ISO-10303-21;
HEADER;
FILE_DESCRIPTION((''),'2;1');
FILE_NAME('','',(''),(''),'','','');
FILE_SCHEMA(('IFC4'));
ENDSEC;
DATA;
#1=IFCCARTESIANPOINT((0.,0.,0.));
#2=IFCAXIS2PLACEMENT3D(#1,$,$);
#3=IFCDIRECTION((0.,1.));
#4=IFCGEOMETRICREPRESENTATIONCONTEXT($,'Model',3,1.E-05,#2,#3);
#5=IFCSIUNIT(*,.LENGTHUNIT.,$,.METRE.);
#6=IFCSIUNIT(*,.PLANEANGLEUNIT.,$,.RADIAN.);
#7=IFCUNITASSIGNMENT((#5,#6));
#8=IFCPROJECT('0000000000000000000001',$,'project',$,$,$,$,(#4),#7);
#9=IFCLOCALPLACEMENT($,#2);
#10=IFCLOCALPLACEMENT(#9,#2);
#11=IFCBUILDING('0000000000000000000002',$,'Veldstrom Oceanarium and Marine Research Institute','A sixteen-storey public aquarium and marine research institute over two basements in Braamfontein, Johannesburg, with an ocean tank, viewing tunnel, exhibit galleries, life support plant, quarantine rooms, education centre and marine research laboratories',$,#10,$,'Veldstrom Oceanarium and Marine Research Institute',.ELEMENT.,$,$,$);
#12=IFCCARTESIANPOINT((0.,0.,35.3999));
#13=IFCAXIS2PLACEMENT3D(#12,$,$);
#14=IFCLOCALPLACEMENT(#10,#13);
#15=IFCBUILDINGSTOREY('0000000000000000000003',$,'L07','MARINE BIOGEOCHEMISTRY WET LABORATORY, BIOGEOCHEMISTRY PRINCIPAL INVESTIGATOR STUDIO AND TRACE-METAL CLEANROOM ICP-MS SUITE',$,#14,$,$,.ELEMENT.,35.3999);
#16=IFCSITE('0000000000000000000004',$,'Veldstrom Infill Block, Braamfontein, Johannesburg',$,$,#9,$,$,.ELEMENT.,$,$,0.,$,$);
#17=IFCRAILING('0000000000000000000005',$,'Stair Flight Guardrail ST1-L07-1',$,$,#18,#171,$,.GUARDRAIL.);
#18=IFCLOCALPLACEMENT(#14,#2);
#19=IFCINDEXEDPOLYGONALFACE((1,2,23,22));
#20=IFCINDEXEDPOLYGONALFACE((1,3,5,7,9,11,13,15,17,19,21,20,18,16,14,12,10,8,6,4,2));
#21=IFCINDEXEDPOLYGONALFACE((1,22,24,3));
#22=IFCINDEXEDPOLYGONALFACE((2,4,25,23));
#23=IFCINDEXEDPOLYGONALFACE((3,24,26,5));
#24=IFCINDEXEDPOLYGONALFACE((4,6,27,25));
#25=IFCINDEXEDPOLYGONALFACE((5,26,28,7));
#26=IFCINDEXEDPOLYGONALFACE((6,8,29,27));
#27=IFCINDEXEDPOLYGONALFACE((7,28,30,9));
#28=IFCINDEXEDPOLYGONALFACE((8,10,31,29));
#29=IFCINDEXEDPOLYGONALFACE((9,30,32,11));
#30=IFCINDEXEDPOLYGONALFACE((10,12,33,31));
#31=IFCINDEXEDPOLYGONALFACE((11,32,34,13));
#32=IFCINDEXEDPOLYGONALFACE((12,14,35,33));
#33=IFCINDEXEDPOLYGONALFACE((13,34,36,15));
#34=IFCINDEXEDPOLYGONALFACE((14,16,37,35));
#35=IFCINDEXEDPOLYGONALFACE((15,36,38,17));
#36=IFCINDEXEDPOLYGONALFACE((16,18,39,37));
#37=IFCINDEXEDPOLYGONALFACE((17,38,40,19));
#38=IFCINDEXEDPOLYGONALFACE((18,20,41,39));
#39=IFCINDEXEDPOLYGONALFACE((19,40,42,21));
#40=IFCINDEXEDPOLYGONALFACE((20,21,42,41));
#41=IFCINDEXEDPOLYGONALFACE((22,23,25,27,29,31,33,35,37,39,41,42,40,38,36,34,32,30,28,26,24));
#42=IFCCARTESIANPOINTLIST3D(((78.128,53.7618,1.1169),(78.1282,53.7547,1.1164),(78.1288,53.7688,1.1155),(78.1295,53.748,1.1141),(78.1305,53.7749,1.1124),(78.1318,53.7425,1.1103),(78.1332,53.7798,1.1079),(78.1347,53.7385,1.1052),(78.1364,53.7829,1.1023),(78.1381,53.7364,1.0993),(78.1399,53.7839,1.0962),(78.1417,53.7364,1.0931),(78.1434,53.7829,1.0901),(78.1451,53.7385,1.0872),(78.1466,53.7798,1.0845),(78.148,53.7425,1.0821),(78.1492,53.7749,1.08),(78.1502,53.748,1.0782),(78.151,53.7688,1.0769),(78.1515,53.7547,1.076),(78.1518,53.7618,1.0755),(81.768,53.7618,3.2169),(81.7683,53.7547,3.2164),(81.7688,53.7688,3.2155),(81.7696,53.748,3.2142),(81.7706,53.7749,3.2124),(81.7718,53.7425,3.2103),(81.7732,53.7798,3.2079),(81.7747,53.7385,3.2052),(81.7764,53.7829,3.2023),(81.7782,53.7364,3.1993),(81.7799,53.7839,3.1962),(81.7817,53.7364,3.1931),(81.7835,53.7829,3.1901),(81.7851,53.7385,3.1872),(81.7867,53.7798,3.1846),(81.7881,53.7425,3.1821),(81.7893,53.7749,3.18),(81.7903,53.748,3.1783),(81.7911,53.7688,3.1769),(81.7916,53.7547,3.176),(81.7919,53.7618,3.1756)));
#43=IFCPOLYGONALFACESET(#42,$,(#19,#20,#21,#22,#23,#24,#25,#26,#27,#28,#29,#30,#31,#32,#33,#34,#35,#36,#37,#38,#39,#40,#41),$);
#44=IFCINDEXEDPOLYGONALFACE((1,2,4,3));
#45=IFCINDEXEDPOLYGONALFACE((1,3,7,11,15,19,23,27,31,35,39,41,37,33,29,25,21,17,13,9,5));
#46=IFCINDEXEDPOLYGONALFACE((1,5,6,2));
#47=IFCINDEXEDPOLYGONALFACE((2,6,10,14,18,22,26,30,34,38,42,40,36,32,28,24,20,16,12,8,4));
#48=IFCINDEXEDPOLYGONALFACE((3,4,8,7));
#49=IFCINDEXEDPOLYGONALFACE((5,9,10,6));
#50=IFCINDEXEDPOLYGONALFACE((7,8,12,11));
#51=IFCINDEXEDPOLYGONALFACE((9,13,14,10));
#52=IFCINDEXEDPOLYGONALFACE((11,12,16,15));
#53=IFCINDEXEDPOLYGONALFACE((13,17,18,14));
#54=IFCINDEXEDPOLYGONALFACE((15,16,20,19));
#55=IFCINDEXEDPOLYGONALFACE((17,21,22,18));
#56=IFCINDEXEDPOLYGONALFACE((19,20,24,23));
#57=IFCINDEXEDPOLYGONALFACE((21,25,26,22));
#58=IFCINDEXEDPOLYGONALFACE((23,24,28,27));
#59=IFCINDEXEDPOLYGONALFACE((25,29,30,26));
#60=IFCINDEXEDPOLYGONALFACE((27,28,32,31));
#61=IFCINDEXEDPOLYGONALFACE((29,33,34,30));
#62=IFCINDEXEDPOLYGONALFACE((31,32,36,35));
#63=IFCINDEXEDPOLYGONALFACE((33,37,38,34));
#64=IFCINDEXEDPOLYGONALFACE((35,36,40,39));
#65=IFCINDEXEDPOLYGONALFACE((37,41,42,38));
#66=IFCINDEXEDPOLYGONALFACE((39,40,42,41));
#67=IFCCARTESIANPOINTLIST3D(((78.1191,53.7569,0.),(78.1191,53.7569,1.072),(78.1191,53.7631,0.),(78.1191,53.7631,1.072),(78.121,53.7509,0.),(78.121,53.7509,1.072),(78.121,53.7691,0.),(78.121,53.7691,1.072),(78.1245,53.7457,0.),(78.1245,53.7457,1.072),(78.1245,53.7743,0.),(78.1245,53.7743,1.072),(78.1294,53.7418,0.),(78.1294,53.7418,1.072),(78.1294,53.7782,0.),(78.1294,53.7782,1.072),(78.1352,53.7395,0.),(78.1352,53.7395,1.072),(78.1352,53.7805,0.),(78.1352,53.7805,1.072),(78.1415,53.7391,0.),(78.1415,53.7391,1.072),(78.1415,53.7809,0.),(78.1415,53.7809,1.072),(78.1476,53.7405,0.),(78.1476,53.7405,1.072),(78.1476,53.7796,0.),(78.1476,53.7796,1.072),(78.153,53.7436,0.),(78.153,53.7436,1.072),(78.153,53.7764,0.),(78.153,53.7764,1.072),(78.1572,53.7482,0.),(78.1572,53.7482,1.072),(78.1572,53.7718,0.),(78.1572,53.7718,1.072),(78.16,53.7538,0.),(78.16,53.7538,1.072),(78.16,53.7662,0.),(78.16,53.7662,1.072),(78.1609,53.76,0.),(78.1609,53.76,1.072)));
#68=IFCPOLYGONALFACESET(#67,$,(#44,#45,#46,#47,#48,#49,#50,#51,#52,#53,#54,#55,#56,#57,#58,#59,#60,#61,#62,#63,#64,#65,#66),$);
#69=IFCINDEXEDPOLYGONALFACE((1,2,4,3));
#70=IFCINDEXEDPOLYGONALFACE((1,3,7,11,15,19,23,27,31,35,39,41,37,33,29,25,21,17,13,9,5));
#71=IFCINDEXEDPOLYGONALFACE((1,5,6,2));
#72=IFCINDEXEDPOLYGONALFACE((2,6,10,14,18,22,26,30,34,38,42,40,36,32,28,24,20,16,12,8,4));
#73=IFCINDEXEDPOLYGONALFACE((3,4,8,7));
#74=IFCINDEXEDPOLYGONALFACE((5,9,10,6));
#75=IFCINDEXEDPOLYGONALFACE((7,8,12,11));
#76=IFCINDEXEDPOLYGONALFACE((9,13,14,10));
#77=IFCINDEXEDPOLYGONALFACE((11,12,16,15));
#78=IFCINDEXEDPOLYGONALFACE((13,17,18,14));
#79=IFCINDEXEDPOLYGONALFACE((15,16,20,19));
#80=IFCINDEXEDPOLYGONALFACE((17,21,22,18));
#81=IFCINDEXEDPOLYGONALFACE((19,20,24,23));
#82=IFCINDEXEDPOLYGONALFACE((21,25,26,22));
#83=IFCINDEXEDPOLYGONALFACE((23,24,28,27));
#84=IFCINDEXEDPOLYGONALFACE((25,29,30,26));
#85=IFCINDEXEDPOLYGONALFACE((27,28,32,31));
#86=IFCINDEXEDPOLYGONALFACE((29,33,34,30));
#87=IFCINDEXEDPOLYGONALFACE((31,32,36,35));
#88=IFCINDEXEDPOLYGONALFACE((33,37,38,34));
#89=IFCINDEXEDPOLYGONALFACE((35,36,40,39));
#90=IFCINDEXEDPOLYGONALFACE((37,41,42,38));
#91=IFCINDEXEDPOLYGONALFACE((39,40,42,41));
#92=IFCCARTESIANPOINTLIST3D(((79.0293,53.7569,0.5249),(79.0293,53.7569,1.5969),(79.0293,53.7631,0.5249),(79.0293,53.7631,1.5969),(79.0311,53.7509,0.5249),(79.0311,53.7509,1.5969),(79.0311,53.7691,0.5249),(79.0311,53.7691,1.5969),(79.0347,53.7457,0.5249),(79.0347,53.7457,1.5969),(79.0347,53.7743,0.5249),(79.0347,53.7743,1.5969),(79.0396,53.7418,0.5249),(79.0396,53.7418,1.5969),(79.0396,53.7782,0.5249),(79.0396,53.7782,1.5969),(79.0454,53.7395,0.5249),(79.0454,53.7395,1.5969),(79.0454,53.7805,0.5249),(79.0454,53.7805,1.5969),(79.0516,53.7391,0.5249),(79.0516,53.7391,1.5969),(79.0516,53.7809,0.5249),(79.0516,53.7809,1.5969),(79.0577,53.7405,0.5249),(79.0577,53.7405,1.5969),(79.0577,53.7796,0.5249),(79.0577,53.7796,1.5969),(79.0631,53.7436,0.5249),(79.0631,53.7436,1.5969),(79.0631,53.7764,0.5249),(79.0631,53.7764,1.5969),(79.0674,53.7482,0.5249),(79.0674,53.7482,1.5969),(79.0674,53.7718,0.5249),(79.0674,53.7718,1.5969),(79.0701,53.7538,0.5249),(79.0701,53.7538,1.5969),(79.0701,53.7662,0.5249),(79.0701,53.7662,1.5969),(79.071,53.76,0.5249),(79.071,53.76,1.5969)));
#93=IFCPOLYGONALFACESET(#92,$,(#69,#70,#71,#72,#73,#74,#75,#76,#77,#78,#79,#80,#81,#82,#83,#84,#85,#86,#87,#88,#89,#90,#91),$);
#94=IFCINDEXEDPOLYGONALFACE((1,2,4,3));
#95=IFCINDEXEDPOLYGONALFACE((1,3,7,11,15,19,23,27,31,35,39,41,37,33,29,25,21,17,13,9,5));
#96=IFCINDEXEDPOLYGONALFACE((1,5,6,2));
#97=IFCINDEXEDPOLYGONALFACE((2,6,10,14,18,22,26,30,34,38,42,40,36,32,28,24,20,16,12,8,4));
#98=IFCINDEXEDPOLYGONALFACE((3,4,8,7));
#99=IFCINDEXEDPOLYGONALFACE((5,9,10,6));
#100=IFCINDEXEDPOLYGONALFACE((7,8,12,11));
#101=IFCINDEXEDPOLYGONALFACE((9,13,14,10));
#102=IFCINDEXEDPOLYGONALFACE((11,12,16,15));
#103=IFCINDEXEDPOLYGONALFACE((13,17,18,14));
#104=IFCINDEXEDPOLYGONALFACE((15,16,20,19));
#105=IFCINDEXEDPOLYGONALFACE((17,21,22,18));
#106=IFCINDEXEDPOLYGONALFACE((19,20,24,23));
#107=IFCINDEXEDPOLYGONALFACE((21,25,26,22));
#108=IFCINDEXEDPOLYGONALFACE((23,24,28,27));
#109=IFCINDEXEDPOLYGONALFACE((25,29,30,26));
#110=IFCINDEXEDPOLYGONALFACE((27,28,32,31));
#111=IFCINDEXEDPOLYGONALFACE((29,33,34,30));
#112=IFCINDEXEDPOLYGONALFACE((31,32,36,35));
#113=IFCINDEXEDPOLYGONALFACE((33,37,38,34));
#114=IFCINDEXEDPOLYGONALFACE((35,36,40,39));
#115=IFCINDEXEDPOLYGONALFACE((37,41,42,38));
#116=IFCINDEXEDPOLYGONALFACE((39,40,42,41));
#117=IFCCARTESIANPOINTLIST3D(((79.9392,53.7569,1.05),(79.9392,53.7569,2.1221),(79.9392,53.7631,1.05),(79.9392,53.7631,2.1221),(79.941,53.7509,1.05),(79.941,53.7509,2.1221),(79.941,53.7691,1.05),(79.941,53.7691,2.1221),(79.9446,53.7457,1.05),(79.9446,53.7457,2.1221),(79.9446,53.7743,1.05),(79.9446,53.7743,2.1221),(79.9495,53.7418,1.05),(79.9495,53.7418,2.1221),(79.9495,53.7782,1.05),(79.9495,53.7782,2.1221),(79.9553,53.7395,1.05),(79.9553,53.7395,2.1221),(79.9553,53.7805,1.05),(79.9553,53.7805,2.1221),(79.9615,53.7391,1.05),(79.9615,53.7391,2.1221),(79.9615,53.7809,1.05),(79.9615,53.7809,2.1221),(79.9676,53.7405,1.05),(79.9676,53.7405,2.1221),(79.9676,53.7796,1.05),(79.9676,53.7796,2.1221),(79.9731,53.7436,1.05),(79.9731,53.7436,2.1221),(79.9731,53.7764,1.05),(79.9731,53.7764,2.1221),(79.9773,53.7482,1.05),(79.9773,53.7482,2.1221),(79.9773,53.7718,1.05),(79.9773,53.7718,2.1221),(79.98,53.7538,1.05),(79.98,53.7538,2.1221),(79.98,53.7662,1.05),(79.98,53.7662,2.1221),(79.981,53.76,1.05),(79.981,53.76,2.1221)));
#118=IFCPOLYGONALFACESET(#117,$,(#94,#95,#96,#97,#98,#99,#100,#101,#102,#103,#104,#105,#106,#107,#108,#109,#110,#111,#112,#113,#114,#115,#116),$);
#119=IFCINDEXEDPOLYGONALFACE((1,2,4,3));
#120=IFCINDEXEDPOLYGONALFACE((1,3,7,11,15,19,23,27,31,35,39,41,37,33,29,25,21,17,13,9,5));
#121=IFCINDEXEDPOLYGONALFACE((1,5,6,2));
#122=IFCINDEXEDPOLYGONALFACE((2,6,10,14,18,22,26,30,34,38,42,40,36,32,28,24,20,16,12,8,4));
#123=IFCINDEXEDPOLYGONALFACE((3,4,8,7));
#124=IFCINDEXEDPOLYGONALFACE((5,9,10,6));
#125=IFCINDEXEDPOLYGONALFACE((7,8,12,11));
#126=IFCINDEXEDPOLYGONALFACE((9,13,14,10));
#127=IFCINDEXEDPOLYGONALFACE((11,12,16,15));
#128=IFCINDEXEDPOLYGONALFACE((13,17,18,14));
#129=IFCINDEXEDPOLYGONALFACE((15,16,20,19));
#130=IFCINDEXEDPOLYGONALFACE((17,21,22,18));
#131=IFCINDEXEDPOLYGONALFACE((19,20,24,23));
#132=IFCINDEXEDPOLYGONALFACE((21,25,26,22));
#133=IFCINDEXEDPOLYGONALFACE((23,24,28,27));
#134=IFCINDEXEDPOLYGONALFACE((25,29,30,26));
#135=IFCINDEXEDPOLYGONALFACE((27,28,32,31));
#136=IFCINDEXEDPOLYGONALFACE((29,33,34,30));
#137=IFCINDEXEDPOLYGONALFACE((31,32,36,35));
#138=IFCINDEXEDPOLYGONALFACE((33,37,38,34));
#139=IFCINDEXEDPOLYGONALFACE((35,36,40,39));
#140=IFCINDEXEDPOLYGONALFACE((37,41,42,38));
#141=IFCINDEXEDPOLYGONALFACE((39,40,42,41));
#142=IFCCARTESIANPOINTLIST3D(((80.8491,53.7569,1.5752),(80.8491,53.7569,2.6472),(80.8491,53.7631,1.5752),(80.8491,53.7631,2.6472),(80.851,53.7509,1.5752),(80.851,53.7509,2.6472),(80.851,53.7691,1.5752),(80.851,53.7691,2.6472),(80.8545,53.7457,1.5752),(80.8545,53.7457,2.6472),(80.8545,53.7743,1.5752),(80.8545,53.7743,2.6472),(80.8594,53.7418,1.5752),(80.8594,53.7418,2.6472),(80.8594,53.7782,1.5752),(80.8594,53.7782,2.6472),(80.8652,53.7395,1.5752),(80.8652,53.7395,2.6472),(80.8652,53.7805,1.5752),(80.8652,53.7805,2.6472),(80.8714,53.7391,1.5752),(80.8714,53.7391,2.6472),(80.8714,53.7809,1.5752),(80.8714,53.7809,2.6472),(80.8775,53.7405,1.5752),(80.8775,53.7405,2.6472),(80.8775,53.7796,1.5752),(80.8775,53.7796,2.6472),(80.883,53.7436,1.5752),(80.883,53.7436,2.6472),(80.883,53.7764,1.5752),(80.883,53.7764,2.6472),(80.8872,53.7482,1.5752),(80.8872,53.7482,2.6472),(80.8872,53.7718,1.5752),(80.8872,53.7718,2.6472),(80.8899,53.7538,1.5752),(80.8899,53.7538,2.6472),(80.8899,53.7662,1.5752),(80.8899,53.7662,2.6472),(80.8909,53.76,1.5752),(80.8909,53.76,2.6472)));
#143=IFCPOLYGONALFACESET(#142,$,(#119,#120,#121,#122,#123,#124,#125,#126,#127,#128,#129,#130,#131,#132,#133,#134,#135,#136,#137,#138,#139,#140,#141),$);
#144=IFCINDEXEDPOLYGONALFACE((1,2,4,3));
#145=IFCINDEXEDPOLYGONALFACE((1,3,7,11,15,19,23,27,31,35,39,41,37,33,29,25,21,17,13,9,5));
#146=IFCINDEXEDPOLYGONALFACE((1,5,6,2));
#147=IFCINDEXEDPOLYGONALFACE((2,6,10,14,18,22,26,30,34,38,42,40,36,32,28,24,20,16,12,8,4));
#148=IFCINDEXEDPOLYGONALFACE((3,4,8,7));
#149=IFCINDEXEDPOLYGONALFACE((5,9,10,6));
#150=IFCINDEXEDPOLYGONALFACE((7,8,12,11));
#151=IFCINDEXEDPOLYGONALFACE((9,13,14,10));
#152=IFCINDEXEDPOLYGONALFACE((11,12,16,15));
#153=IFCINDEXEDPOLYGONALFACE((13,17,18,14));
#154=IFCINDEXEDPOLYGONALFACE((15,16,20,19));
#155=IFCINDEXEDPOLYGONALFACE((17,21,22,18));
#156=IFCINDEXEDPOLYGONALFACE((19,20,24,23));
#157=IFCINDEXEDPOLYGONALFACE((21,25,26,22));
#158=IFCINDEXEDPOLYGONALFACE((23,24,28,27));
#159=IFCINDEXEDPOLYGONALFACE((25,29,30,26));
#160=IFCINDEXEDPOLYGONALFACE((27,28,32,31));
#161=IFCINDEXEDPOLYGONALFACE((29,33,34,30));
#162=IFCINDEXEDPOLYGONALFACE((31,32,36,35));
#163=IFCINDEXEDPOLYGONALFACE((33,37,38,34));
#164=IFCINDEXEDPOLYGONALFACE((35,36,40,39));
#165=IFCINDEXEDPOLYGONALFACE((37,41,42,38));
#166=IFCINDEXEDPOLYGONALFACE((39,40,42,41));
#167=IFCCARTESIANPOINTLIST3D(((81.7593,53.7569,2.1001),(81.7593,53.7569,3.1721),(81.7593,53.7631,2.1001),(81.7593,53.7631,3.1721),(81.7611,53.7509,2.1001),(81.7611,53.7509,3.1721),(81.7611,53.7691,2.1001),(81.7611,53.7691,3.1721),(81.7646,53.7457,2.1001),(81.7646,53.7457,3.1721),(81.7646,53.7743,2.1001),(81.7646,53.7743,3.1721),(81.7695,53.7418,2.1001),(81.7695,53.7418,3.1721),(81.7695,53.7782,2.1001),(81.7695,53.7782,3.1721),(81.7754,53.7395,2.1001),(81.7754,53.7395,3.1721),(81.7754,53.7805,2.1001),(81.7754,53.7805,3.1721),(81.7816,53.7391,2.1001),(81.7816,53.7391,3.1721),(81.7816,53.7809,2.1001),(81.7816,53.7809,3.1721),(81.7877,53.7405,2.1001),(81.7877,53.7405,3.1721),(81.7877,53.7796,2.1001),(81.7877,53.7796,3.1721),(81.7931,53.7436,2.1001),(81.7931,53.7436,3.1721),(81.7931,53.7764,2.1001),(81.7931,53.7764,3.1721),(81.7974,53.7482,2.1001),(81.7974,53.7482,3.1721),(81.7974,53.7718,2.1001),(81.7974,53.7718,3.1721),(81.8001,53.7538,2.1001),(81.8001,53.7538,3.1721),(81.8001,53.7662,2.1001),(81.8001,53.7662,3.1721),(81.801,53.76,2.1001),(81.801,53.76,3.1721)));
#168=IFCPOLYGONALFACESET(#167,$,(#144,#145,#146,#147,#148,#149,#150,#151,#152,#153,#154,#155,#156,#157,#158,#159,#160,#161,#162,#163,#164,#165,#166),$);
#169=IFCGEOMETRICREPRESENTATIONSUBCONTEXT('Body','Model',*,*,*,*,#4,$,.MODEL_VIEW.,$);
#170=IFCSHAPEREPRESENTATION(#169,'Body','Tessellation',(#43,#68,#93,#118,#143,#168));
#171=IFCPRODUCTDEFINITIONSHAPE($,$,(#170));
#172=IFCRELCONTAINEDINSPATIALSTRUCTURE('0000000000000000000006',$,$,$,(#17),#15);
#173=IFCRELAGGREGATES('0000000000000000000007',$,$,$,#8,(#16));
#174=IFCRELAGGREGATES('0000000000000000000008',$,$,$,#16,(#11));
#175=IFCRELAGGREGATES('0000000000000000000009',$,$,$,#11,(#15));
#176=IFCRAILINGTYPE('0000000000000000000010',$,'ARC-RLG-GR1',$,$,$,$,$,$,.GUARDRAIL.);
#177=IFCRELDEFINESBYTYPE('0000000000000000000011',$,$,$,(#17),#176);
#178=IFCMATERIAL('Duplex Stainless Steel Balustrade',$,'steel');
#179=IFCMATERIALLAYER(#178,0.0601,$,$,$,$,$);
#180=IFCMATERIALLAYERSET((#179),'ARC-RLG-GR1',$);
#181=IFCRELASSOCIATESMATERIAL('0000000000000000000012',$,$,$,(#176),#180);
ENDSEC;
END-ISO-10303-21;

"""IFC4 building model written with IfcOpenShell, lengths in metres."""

from ifc_helpers import new_model, si_unit, direction, frame, origin, origin_2d, place, context, subcontext, project, spatial, circle, extrude, material, layer, layer_set, type_object, element, save


model = new_model("IFC4")

# Units and contexts
model_context = context("Model", 3, precision=1e-05, world=origin(), true_north=direction((0.0, 1.0)))
body_context = subcontext(model_context, "Body", "Model", "MODEL_VIEW")
ifc_project = project(units=[si_unit("LENGTHUNIT", "METRE"), si_unit("PLANEANGLEUNIT", "RADIAN")], contexts=[model_context])

# Site, building, storey
site_placement = place(None, origin())
site = spatial("IfcSite", under=ifc_project, at=site_placement, Name="Veldstrom Infill Block, Braamfontein, Johannesburg", CompositionType="ELEMENT", RefElevation=0.0)
building_placement = place(site_placement, origin())
building = spatial("IfcBuilding", under=site, at=building_placement, Name="Veldstrom Oceanarium and Marine Research Institute", Description="A sixteen-storey public aquarium and marine research institute over two basements in Braamfontein, Johannesburg, with an ocean tank, viewing tunnel, exhibit galleries, life support plant, quarantine rooms, education centre and marine research laboratories", LongName="Veldstrom Oceanarium and Marine Research Institute", CompositionType="ELEMENT")
storey_placement = place(building_placement, frame((0.0, 0.0, 35.3999)))
storey = spatial("IfcBuildingStorey", under=building, at=storey_placement, Name="L07", Description="MARINE BIOGEOCHEMISTRY WET LABORATORY, BIOGEOCHEMISTRY PRINCIPAL INVESTIGATOR STUDIO AND TRACE-METAL CLEANROOM ICP-MS SUITE", CompositionType="ELEMENT", Elevation=35.3999)

# Railing
ifc_material_1 = material(Name="Duplex Stainless Steel Balustrade", Category="steel")
ifc_layer_1 = layer(ifc_material_1, 0.0601)
ifc_layer_set_1 = layer_set([ifc_layer_1], Name="ARC-RLG-GR1")
railing_type_1 = type_object("IfcRailingType", Name="ARC-RLG-GR1", PredefinedType="GUARDRAIL", material=ifc_layer_set_1)
railing_1_placement = place(storey_placement, frame((78.1399, 53.76, 0.0)))
element("IfcRailing", 1, at=railing_1_placement, inside=storey, type_object=railing_type_1, Name="Stair Flight Guardrail ST1-L07-1", PredefinedType="GUARDRAIL", context=body_context, shape_type="SweptSolid", body=[
    extrude(circle(Radius=0.0239, at=origin_2d()), frame((0.0, 0.0, 1.0962), z_axis=(0.866184, 0.0, 0.499726), x_axis=(0.0, 1.0, 0.0)), (0.0, 0.0, 1.0), 4.2024),
    extrude(circle(Radius=0.021, at=origin_2d()), origin(), (0.0, 0.0, 1.0), 1.072),
    extrude(circle(Radius=0.021, at=origin_2d()), frame((0.9102, 0.0, 0.5249)), (0.0, 0.0, 1.0), 1.072),
    extrude(circle(Radius=0.021, at=origin_2d()), frame((1.8201, 0.0, 1.05)), (0.0, 0.0, 1.0), 1.072),
    extrude(circle(Radius=0.021, at=origin_2d()), frame((2.73, 0.0, 1.5752)), (0.0, 0.0, 1.0), 1.072),
    extrude(circle(Radius=0.021, at=origin_2d()), frame((3.6401, 0.0, 2.1001)), (0.0, 0.0, 1.0), 1.072),
])

save(model, "model.ifc")
